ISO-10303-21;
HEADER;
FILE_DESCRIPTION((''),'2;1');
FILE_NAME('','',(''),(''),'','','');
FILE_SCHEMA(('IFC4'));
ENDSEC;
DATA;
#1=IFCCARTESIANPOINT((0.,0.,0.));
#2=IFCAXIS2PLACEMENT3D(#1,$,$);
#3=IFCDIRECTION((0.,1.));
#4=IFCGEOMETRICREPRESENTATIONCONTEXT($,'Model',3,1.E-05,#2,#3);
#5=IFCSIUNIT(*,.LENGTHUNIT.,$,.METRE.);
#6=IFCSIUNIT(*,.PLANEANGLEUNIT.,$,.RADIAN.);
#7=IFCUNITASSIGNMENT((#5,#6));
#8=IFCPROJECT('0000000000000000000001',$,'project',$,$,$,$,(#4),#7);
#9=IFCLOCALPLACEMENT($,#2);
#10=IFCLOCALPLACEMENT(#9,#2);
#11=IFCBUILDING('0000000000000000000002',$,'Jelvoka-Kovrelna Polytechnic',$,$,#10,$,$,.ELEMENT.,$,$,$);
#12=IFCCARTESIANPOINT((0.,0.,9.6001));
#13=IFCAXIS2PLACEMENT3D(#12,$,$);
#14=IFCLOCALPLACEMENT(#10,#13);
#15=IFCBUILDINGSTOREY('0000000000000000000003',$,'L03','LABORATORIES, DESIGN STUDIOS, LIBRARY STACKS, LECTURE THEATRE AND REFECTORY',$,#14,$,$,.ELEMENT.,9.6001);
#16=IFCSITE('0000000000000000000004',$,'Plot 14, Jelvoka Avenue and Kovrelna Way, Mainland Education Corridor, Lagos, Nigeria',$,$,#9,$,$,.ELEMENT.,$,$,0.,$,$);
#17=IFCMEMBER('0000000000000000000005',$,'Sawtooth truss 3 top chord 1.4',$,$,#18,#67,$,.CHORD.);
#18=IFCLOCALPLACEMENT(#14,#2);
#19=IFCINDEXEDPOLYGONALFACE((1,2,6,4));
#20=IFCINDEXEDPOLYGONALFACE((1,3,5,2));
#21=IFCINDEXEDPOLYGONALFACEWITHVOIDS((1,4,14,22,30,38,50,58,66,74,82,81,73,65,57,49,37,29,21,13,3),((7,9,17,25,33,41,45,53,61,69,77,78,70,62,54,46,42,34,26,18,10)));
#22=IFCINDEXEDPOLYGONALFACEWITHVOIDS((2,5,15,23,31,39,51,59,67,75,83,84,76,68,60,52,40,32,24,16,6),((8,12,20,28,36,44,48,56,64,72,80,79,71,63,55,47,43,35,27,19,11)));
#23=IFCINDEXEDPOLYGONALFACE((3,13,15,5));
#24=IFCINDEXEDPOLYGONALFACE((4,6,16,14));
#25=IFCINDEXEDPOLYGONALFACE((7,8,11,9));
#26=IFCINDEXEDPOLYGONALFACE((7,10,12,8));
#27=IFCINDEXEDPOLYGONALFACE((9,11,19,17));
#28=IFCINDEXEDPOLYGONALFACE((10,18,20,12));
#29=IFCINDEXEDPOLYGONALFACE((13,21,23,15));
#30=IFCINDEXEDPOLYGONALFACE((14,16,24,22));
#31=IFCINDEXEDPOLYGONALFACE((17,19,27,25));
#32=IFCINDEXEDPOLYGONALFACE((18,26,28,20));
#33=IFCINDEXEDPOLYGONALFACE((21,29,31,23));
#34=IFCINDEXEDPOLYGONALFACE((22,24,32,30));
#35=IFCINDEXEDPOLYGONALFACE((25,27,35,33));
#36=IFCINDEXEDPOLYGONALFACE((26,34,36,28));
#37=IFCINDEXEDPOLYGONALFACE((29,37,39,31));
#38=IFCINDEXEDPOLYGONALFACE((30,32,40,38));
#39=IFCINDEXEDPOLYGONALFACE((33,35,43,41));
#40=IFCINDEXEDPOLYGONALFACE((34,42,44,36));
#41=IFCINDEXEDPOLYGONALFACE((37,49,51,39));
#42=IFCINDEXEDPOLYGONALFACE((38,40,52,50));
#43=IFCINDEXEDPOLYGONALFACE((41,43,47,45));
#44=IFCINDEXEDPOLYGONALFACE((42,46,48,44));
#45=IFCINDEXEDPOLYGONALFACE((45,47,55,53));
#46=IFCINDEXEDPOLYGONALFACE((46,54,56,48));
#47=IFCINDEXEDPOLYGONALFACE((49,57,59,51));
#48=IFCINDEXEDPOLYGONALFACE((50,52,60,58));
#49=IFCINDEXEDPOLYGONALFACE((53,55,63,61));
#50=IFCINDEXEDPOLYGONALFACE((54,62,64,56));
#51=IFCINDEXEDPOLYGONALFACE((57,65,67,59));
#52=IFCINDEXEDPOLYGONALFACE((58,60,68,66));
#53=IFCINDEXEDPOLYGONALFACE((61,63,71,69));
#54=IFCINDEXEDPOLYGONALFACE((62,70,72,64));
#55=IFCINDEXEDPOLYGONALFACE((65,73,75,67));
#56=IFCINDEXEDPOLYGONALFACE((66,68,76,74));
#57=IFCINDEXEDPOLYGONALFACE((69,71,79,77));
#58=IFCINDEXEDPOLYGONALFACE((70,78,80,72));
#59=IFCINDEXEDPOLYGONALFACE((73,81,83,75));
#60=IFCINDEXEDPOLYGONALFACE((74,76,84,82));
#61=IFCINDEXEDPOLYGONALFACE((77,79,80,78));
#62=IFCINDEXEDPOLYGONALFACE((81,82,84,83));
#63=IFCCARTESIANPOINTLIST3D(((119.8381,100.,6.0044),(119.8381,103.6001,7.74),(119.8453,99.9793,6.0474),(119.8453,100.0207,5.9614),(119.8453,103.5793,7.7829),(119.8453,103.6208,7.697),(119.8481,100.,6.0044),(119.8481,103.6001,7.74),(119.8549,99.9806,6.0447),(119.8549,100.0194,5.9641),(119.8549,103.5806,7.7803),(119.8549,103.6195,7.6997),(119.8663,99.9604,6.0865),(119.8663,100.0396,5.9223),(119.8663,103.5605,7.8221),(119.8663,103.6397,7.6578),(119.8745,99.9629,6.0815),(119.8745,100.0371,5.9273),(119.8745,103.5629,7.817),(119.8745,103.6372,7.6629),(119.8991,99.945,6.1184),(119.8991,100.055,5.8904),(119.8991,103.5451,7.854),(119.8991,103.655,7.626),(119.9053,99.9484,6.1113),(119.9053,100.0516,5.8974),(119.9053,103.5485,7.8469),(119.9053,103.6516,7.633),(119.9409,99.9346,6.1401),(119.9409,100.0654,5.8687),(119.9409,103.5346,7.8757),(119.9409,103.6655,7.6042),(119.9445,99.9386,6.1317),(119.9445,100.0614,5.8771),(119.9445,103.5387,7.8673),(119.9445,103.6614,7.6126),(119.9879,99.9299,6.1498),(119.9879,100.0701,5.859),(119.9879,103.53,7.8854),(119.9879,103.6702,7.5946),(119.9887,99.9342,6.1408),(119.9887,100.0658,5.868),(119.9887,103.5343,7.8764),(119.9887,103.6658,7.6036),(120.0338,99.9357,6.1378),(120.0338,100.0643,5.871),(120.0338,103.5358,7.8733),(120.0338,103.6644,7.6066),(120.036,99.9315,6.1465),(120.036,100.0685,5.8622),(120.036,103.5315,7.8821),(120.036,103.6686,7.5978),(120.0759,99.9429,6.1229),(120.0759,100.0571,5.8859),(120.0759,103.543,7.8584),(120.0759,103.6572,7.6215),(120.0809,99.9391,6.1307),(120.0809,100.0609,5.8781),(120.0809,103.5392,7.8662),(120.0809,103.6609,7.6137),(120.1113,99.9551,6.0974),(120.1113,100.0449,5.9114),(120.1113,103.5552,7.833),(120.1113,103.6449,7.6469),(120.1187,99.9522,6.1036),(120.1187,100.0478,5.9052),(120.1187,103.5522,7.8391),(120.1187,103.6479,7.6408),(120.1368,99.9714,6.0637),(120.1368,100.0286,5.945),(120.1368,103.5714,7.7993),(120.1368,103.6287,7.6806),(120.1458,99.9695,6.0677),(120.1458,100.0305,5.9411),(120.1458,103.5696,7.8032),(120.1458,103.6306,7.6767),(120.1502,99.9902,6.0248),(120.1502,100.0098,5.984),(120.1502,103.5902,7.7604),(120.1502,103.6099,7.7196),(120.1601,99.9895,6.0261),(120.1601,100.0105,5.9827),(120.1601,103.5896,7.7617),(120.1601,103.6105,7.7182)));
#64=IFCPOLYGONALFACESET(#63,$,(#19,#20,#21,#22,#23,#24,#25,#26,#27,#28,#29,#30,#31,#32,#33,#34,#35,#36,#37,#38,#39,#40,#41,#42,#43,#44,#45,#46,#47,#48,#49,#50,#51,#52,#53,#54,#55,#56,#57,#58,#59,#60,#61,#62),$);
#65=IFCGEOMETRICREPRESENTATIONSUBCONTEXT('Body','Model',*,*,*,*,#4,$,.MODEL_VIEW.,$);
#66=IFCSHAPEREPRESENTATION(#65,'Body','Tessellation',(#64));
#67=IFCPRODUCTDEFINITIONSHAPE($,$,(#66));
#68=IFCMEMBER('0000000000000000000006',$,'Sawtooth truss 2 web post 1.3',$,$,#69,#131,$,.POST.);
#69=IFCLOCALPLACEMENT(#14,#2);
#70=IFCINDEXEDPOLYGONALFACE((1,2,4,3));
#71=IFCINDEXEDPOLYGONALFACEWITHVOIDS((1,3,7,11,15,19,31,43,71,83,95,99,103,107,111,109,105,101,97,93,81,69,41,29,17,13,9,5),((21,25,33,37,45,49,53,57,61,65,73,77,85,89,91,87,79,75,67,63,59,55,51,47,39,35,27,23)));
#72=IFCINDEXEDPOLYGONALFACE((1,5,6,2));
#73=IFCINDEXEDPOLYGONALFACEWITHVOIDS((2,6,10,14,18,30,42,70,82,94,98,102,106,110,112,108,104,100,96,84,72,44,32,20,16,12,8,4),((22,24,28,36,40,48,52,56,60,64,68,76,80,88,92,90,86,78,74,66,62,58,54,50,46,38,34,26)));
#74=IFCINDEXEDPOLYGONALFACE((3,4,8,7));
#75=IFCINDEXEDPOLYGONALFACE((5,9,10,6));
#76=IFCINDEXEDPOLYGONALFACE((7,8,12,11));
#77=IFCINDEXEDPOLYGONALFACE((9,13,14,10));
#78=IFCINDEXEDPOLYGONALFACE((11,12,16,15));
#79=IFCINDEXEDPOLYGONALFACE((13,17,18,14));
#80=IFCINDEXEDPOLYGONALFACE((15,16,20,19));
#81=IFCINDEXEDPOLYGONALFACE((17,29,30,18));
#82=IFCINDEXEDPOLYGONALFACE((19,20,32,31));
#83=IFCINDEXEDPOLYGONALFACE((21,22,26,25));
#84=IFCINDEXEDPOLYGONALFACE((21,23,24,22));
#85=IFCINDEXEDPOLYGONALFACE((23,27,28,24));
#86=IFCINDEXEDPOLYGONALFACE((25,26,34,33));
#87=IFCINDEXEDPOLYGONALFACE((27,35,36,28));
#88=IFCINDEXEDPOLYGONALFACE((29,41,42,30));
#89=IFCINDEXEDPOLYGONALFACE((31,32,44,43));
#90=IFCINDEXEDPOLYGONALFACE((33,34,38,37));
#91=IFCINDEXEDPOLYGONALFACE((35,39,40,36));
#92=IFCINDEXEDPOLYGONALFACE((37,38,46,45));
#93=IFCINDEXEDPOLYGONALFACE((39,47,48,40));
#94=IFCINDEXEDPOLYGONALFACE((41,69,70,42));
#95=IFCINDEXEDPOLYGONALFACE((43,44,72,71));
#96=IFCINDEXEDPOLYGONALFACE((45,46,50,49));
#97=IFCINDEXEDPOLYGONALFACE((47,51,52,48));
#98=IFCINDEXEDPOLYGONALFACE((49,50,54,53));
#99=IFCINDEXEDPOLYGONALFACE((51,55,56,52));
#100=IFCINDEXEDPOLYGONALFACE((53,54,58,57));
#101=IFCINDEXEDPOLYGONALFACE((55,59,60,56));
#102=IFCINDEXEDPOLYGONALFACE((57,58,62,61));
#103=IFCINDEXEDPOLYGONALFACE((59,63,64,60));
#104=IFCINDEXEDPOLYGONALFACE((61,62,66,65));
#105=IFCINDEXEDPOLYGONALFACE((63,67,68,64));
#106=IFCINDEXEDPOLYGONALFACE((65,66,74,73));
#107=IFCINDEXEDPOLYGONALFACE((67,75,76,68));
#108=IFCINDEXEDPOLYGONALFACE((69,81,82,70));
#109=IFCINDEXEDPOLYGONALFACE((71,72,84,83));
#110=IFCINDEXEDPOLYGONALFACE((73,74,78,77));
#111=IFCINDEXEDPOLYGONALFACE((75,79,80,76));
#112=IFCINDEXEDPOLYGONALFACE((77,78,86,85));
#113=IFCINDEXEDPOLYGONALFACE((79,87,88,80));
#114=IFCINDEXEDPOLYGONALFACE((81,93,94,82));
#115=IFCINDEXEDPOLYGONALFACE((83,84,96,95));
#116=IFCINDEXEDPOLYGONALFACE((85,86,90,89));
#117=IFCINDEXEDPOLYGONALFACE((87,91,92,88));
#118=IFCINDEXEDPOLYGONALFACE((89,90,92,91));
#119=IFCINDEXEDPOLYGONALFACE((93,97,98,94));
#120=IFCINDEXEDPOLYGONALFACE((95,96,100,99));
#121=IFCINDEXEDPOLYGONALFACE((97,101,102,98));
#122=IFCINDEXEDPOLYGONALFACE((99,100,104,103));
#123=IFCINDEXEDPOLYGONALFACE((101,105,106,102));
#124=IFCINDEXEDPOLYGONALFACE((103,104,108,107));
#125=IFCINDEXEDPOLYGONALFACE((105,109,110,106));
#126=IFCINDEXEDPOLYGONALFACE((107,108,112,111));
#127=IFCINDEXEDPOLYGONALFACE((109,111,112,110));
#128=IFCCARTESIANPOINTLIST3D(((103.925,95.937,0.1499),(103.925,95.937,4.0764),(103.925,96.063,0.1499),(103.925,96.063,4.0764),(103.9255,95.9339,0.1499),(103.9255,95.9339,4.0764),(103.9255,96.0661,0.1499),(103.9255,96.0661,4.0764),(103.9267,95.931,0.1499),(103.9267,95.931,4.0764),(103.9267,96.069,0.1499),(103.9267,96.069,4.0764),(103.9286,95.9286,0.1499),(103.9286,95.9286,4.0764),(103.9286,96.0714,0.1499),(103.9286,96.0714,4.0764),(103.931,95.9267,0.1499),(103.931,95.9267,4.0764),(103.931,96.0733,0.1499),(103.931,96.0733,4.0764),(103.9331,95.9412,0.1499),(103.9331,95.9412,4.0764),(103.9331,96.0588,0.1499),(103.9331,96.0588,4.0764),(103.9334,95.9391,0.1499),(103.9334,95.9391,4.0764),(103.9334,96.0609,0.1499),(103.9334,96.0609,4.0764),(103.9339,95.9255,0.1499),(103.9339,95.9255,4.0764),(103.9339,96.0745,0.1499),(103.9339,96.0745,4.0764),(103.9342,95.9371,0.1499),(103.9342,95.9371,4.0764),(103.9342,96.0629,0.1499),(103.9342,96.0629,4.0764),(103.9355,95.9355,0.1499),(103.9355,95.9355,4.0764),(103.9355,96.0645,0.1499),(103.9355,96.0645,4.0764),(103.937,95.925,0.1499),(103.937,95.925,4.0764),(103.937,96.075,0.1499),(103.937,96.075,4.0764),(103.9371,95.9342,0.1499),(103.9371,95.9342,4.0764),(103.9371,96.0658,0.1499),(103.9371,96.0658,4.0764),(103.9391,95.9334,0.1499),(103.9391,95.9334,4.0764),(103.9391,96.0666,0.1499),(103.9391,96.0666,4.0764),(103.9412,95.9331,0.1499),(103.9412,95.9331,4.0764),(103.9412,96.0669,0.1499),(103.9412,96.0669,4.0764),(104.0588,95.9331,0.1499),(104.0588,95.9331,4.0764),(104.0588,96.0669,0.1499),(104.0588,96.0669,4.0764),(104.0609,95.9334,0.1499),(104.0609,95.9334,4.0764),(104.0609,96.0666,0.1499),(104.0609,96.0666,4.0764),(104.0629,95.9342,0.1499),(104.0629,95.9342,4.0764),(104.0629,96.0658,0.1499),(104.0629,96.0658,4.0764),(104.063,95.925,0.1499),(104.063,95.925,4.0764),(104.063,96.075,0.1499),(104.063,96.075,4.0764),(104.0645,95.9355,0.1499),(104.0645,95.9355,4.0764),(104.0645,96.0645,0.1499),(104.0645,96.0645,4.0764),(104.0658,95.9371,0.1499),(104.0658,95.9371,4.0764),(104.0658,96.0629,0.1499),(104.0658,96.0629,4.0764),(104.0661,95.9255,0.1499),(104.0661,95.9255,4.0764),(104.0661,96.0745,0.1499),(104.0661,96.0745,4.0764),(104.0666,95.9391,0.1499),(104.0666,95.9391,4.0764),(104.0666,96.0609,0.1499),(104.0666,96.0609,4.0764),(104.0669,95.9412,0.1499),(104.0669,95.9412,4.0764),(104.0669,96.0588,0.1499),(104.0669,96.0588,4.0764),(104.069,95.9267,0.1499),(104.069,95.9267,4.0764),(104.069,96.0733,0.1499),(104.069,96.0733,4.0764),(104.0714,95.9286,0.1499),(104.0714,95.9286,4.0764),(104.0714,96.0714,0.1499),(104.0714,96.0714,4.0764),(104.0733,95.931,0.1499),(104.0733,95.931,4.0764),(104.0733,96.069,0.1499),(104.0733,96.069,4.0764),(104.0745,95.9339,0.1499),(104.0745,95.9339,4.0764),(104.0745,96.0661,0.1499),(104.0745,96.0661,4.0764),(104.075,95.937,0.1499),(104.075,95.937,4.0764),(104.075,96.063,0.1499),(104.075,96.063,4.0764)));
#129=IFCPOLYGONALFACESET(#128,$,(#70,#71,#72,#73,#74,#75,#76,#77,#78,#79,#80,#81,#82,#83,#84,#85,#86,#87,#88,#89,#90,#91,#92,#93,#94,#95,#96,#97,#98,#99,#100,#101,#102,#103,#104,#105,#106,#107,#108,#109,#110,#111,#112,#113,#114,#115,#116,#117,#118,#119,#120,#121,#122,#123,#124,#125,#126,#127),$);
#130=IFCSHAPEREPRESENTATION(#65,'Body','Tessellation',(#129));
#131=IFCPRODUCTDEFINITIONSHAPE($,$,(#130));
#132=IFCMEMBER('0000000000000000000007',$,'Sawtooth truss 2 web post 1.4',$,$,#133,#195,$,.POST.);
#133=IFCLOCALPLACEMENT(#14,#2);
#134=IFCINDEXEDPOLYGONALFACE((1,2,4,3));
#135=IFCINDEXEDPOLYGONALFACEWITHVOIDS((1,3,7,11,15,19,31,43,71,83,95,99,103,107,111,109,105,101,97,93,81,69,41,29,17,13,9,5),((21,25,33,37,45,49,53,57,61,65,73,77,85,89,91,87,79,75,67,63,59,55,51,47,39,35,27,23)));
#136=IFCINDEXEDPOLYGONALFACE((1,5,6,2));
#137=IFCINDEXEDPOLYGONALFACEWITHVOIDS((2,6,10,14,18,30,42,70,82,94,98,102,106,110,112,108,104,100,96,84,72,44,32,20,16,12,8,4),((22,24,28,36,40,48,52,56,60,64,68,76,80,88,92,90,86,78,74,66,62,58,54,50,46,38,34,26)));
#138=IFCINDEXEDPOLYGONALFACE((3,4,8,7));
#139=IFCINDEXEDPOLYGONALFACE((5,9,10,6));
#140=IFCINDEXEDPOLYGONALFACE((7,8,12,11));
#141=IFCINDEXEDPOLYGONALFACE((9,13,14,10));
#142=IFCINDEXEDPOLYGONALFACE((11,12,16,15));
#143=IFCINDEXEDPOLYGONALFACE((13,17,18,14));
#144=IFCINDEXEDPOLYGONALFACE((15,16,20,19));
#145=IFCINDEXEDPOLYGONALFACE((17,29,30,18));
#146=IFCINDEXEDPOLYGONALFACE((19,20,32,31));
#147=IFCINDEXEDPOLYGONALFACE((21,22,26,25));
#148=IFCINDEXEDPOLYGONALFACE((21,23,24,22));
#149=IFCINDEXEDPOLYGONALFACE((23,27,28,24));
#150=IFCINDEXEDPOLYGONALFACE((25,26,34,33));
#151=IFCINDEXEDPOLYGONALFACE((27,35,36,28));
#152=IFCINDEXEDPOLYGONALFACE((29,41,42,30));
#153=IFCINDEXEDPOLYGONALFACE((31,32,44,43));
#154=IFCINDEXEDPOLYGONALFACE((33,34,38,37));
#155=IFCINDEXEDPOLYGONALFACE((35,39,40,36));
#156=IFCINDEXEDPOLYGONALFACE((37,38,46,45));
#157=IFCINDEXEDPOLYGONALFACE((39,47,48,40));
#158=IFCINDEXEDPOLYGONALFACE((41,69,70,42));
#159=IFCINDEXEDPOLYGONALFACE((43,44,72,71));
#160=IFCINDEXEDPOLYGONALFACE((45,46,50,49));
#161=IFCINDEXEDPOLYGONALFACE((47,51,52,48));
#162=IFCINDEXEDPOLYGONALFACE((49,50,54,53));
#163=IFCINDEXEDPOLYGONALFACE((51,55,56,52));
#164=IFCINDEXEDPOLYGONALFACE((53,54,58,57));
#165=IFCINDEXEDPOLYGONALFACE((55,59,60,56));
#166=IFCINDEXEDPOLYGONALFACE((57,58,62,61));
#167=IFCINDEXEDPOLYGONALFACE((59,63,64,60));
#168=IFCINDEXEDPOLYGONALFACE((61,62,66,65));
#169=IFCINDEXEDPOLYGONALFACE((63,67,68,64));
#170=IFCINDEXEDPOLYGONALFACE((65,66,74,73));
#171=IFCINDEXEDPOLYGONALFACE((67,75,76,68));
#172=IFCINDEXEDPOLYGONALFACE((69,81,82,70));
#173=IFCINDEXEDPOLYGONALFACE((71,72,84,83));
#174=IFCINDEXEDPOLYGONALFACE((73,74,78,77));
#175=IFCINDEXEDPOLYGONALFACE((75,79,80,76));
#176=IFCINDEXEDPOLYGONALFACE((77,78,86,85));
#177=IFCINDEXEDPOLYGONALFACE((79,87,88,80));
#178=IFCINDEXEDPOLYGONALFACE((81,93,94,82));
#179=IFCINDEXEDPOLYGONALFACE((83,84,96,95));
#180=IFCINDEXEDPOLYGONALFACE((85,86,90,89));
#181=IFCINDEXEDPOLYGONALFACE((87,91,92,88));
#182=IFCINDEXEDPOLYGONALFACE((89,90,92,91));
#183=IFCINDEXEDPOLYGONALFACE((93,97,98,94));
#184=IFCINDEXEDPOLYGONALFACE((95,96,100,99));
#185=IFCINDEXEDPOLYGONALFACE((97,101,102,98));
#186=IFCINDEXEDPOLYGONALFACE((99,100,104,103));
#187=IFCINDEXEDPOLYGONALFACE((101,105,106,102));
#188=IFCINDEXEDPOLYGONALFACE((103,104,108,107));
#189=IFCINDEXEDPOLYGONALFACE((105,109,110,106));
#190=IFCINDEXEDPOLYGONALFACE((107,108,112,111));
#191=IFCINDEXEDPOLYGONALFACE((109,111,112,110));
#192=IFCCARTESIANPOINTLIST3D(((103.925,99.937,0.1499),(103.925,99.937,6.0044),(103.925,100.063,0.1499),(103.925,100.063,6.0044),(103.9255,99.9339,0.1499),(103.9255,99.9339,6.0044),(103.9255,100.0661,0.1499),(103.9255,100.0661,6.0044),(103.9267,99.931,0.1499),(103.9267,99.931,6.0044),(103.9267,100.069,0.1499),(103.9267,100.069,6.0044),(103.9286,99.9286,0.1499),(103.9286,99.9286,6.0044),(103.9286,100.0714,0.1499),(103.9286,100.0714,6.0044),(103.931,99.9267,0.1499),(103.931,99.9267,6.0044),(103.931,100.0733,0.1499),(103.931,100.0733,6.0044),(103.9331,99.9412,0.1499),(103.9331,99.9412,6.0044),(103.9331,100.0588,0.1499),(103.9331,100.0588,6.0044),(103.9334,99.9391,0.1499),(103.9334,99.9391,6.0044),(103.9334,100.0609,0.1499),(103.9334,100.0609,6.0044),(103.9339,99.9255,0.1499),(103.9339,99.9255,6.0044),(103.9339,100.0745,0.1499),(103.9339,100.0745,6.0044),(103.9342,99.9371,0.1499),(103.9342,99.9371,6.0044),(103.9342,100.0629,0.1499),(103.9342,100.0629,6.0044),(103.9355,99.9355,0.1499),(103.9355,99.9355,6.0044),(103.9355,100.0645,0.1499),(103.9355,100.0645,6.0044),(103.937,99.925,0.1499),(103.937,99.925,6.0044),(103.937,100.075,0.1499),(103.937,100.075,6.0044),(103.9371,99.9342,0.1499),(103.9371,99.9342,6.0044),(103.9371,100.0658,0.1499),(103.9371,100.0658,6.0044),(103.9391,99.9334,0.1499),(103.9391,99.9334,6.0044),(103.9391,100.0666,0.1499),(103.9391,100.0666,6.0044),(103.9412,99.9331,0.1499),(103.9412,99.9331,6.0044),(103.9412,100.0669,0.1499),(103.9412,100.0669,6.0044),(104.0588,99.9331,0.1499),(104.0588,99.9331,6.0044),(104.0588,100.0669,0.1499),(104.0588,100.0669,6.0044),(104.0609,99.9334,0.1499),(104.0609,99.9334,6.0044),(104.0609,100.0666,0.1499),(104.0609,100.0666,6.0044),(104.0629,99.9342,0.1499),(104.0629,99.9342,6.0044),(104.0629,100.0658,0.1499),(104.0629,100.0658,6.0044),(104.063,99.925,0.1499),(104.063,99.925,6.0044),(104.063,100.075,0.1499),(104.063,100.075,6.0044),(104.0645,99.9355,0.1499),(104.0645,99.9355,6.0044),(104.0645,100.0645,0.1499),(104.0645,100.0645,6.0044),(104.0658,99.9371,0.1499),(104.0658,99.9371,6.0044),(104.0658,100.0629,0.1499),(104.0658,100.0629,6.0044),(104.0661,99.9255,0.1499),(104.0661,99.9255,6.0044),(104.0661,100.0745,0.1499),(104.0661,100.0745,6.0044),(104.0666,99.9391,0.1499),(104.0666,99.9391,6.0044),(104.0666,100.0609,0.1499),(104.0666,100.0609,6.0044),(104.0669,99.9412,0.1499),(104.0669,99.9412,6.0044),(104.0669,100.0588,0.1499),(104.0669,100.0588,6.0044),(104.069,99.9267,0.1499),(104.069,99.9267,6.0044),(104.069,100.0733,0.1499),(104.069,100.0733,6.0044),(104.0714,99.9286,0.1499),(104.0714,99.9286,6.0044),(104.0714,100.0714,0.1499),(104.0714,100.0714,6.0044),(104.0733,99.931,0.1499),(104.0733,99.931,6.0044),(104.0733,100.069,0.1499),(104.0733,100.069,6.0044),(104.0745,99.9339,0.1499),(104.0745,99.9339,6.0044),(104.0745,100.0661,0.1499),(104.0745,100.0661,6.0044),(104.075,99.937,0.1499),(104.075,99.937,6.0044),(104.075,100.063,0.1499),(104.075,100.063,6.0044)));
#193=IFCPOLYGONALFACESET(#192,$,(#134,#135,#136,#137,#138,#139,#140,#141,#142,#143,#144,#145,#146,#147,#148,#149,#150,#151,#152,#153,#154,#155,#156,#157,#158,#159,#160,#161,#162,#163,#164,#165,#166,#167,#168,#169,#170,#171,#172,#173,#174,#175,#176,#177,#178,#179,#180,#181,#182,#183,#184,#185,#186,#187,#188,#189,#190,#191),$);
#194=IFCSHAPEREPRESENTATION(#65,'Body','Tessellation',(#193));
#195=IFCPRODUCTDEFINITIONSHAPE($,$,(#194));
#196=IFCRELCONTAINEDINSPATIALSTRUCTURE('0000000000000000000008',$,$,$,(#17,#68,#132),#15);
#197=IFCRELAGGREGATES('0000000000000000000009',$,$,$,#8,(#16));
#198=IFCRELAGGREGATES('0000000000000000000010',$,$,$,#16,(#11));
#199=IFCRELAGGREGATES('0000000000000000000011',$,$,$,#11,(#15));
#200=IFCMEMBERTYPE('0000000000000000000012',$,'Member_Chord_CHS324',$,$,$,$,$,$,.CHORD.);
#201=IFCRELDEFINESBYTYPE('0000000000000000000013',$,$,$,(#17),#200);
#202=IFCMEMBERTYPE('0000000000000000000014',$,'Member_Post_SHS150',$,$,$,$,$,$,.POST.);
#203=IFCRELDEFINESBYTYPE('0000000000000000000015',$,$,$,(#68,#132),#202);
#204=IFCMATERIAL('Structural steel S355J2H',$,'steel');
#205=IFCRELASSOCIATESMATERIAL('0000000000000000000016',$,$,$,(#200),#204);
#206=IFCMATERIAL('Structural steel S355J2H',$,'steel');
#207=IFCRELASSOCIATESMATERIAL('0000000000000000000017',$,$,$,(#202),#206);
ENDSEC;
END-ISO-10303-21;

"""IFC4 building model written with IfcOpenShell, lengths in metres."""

from ifc_helpers import new_model, si_unit, direction, frame, origin, origin_2d, place, context, subcontext, project, spatial, hollow_rectangle, hollow_circle, extrude, material, material_profile, profile_set, type_object, element, save


model = new_model("IFC4")

# Units and contexts
model_context = context("Model", 3, precision=1e-05, world=origin(), true_north=direction((0.0, 1.0)))
body_context = subcontext(model_context, "Body", "Model", "MODEL_VIEW")
ifc_project = project(units=[si_unit("LENGTHUNIT", "METRE"), si_unit("PLANEANGLEUNIT", "RADIAN")], contexts=[model_context])

# Site, building, storey
site_placement = place(None, origin())
site = spatial("IfcSite", under=ifc_project, at=site_placement, Name="Plot 14, Jelvoka Avenue and Kovrelna Way, Mainland Education Corridor, Lagos, Nigeria", CompositionType="ELEMENT", RefElevation=0.0)
building_placement = place(site_placement, origin())
building = spatial("IfcBuilding", under=site, at=building_placement, Name="Jelvoka-Kovrelna Polytechnic", CompositionType="ELEMENT")
storey_placement = place(building_placement, frame((0.0, 0.0, 9.6001)))
storey = spatial("IfcBuildingStorey", under=building, at=storey_placement, Name="L03", Description="LABORATORIES, DESIGN STUDIOS, LIBRARY STACKS, LECTURE THEATRE AND REFECTORY", CompositionType="ELEMENT", Elevation=9.6001)

# Members
ifc_material_1 = material(Name="Structural steel S355J2H", Category="steel")
ifc_material_profile_1 = material_profile(ifc_material_1, hollow_circle(Radius=0.1619, WallThickness=0.01, at=origin_2d()), Name="323.9x10.0 CHS")
ifc_profile_set_1 = profile_set([ifc_material_profile_1], Name="Structural steel S355J2H")
member_type_1 = type_object("IfcMemberType", Name="Member_Chord_CHS324", PredefinedType="CHORD", material=ifc_profile_set_1)
member_1_placement = place(storey_placement, frame((120.0, 100.0, 6.0044), z_axis=(0.0, 0.900785, 0.434266), x_axis=(-1.0, 0.0, 0.0)))
element("IfcMember", 1, at=member_1_placement, inside=storey, type_object=member_type_1, Name="Sawtooth truss 3 top chord 1.4", PredefinedType="CHORD", context=body_context, shape_type="SweptSolid", body=[
    extrude(hollow_circle(Radius=0.1619, WallThickness=0.01, at=origin_2d()), origin(), (0.0, 0.0, 1.0), 3.9966),
])
ifc_material_2 = material(Name="Structural steel S355J2H", Category="steel")
ifc_material_profile_2 = material_profile(ifc_material_2, hollow_rectangle(XDim=0.1499, YDim=0.1499, WallThickness=0.0081, InnerFilletRadius=0.0081, OuterFilletRadius=0.012, at=origin_2d()), Name="150x150x8.0 SHS")
ifc_profile_set_2 = profile_set([ifc_material_profile_2], Name="Structural steel S355J2H")
member_type_2 = type_object("IfcMemberType", Name="Member_Post_SHS150", PredefinedType="POST", material=ifc_profile_set_2)
member_2_placement = place(storey_placement, frame((104.0, 96.0, 0.1499), z_axis=(0.0, 0.0, 1.0), x_axis=(1.0, 0.0, 0.0)))
element("IfcMember", 2, at=member_2_placement, inside=storey, type_object=member_type_2, Name="Sawtooth truss 2 web post 1.3", PredefinedType="POST", context=body_context, shape_type="SweptSolid", body=[
    extrude(hollow_rectangle(XDim=0.1499, YDim=0.1499, WallThickness=0.0081, InnerFilletRadius=0.0081, OuterFilletRadius=0.012, at=origin_2d()), origin(), (0.0, 0.0, 1.0), 3.9265),
])
member_3_placement = place(storey_placement, frame((104.0, 100.0, 0.1499), z_axis=(0.0, 0.0, 1.0), x_axis=(1.0, 0.0, 0.0)))
element("IfcMember", 3, at=member_3_placement, inside=storey, type_object=member_type_2, Name="Sawtooth truss 2 web post 1.4", PredefinedType="POST", context=body_context, shape_type="SweptSolid", body=[
    extrude(hollow_rectangle(XDim=0.1499, YDim=0.1499, WallThickness=0.0081, InnerFilletRadius=0.0081, OuterFilletRadius=0.012, at=origin_2d()), origin(), (0.0, 0.0, 1.0), 5.8545),
])

save(model, "model.ifc")
